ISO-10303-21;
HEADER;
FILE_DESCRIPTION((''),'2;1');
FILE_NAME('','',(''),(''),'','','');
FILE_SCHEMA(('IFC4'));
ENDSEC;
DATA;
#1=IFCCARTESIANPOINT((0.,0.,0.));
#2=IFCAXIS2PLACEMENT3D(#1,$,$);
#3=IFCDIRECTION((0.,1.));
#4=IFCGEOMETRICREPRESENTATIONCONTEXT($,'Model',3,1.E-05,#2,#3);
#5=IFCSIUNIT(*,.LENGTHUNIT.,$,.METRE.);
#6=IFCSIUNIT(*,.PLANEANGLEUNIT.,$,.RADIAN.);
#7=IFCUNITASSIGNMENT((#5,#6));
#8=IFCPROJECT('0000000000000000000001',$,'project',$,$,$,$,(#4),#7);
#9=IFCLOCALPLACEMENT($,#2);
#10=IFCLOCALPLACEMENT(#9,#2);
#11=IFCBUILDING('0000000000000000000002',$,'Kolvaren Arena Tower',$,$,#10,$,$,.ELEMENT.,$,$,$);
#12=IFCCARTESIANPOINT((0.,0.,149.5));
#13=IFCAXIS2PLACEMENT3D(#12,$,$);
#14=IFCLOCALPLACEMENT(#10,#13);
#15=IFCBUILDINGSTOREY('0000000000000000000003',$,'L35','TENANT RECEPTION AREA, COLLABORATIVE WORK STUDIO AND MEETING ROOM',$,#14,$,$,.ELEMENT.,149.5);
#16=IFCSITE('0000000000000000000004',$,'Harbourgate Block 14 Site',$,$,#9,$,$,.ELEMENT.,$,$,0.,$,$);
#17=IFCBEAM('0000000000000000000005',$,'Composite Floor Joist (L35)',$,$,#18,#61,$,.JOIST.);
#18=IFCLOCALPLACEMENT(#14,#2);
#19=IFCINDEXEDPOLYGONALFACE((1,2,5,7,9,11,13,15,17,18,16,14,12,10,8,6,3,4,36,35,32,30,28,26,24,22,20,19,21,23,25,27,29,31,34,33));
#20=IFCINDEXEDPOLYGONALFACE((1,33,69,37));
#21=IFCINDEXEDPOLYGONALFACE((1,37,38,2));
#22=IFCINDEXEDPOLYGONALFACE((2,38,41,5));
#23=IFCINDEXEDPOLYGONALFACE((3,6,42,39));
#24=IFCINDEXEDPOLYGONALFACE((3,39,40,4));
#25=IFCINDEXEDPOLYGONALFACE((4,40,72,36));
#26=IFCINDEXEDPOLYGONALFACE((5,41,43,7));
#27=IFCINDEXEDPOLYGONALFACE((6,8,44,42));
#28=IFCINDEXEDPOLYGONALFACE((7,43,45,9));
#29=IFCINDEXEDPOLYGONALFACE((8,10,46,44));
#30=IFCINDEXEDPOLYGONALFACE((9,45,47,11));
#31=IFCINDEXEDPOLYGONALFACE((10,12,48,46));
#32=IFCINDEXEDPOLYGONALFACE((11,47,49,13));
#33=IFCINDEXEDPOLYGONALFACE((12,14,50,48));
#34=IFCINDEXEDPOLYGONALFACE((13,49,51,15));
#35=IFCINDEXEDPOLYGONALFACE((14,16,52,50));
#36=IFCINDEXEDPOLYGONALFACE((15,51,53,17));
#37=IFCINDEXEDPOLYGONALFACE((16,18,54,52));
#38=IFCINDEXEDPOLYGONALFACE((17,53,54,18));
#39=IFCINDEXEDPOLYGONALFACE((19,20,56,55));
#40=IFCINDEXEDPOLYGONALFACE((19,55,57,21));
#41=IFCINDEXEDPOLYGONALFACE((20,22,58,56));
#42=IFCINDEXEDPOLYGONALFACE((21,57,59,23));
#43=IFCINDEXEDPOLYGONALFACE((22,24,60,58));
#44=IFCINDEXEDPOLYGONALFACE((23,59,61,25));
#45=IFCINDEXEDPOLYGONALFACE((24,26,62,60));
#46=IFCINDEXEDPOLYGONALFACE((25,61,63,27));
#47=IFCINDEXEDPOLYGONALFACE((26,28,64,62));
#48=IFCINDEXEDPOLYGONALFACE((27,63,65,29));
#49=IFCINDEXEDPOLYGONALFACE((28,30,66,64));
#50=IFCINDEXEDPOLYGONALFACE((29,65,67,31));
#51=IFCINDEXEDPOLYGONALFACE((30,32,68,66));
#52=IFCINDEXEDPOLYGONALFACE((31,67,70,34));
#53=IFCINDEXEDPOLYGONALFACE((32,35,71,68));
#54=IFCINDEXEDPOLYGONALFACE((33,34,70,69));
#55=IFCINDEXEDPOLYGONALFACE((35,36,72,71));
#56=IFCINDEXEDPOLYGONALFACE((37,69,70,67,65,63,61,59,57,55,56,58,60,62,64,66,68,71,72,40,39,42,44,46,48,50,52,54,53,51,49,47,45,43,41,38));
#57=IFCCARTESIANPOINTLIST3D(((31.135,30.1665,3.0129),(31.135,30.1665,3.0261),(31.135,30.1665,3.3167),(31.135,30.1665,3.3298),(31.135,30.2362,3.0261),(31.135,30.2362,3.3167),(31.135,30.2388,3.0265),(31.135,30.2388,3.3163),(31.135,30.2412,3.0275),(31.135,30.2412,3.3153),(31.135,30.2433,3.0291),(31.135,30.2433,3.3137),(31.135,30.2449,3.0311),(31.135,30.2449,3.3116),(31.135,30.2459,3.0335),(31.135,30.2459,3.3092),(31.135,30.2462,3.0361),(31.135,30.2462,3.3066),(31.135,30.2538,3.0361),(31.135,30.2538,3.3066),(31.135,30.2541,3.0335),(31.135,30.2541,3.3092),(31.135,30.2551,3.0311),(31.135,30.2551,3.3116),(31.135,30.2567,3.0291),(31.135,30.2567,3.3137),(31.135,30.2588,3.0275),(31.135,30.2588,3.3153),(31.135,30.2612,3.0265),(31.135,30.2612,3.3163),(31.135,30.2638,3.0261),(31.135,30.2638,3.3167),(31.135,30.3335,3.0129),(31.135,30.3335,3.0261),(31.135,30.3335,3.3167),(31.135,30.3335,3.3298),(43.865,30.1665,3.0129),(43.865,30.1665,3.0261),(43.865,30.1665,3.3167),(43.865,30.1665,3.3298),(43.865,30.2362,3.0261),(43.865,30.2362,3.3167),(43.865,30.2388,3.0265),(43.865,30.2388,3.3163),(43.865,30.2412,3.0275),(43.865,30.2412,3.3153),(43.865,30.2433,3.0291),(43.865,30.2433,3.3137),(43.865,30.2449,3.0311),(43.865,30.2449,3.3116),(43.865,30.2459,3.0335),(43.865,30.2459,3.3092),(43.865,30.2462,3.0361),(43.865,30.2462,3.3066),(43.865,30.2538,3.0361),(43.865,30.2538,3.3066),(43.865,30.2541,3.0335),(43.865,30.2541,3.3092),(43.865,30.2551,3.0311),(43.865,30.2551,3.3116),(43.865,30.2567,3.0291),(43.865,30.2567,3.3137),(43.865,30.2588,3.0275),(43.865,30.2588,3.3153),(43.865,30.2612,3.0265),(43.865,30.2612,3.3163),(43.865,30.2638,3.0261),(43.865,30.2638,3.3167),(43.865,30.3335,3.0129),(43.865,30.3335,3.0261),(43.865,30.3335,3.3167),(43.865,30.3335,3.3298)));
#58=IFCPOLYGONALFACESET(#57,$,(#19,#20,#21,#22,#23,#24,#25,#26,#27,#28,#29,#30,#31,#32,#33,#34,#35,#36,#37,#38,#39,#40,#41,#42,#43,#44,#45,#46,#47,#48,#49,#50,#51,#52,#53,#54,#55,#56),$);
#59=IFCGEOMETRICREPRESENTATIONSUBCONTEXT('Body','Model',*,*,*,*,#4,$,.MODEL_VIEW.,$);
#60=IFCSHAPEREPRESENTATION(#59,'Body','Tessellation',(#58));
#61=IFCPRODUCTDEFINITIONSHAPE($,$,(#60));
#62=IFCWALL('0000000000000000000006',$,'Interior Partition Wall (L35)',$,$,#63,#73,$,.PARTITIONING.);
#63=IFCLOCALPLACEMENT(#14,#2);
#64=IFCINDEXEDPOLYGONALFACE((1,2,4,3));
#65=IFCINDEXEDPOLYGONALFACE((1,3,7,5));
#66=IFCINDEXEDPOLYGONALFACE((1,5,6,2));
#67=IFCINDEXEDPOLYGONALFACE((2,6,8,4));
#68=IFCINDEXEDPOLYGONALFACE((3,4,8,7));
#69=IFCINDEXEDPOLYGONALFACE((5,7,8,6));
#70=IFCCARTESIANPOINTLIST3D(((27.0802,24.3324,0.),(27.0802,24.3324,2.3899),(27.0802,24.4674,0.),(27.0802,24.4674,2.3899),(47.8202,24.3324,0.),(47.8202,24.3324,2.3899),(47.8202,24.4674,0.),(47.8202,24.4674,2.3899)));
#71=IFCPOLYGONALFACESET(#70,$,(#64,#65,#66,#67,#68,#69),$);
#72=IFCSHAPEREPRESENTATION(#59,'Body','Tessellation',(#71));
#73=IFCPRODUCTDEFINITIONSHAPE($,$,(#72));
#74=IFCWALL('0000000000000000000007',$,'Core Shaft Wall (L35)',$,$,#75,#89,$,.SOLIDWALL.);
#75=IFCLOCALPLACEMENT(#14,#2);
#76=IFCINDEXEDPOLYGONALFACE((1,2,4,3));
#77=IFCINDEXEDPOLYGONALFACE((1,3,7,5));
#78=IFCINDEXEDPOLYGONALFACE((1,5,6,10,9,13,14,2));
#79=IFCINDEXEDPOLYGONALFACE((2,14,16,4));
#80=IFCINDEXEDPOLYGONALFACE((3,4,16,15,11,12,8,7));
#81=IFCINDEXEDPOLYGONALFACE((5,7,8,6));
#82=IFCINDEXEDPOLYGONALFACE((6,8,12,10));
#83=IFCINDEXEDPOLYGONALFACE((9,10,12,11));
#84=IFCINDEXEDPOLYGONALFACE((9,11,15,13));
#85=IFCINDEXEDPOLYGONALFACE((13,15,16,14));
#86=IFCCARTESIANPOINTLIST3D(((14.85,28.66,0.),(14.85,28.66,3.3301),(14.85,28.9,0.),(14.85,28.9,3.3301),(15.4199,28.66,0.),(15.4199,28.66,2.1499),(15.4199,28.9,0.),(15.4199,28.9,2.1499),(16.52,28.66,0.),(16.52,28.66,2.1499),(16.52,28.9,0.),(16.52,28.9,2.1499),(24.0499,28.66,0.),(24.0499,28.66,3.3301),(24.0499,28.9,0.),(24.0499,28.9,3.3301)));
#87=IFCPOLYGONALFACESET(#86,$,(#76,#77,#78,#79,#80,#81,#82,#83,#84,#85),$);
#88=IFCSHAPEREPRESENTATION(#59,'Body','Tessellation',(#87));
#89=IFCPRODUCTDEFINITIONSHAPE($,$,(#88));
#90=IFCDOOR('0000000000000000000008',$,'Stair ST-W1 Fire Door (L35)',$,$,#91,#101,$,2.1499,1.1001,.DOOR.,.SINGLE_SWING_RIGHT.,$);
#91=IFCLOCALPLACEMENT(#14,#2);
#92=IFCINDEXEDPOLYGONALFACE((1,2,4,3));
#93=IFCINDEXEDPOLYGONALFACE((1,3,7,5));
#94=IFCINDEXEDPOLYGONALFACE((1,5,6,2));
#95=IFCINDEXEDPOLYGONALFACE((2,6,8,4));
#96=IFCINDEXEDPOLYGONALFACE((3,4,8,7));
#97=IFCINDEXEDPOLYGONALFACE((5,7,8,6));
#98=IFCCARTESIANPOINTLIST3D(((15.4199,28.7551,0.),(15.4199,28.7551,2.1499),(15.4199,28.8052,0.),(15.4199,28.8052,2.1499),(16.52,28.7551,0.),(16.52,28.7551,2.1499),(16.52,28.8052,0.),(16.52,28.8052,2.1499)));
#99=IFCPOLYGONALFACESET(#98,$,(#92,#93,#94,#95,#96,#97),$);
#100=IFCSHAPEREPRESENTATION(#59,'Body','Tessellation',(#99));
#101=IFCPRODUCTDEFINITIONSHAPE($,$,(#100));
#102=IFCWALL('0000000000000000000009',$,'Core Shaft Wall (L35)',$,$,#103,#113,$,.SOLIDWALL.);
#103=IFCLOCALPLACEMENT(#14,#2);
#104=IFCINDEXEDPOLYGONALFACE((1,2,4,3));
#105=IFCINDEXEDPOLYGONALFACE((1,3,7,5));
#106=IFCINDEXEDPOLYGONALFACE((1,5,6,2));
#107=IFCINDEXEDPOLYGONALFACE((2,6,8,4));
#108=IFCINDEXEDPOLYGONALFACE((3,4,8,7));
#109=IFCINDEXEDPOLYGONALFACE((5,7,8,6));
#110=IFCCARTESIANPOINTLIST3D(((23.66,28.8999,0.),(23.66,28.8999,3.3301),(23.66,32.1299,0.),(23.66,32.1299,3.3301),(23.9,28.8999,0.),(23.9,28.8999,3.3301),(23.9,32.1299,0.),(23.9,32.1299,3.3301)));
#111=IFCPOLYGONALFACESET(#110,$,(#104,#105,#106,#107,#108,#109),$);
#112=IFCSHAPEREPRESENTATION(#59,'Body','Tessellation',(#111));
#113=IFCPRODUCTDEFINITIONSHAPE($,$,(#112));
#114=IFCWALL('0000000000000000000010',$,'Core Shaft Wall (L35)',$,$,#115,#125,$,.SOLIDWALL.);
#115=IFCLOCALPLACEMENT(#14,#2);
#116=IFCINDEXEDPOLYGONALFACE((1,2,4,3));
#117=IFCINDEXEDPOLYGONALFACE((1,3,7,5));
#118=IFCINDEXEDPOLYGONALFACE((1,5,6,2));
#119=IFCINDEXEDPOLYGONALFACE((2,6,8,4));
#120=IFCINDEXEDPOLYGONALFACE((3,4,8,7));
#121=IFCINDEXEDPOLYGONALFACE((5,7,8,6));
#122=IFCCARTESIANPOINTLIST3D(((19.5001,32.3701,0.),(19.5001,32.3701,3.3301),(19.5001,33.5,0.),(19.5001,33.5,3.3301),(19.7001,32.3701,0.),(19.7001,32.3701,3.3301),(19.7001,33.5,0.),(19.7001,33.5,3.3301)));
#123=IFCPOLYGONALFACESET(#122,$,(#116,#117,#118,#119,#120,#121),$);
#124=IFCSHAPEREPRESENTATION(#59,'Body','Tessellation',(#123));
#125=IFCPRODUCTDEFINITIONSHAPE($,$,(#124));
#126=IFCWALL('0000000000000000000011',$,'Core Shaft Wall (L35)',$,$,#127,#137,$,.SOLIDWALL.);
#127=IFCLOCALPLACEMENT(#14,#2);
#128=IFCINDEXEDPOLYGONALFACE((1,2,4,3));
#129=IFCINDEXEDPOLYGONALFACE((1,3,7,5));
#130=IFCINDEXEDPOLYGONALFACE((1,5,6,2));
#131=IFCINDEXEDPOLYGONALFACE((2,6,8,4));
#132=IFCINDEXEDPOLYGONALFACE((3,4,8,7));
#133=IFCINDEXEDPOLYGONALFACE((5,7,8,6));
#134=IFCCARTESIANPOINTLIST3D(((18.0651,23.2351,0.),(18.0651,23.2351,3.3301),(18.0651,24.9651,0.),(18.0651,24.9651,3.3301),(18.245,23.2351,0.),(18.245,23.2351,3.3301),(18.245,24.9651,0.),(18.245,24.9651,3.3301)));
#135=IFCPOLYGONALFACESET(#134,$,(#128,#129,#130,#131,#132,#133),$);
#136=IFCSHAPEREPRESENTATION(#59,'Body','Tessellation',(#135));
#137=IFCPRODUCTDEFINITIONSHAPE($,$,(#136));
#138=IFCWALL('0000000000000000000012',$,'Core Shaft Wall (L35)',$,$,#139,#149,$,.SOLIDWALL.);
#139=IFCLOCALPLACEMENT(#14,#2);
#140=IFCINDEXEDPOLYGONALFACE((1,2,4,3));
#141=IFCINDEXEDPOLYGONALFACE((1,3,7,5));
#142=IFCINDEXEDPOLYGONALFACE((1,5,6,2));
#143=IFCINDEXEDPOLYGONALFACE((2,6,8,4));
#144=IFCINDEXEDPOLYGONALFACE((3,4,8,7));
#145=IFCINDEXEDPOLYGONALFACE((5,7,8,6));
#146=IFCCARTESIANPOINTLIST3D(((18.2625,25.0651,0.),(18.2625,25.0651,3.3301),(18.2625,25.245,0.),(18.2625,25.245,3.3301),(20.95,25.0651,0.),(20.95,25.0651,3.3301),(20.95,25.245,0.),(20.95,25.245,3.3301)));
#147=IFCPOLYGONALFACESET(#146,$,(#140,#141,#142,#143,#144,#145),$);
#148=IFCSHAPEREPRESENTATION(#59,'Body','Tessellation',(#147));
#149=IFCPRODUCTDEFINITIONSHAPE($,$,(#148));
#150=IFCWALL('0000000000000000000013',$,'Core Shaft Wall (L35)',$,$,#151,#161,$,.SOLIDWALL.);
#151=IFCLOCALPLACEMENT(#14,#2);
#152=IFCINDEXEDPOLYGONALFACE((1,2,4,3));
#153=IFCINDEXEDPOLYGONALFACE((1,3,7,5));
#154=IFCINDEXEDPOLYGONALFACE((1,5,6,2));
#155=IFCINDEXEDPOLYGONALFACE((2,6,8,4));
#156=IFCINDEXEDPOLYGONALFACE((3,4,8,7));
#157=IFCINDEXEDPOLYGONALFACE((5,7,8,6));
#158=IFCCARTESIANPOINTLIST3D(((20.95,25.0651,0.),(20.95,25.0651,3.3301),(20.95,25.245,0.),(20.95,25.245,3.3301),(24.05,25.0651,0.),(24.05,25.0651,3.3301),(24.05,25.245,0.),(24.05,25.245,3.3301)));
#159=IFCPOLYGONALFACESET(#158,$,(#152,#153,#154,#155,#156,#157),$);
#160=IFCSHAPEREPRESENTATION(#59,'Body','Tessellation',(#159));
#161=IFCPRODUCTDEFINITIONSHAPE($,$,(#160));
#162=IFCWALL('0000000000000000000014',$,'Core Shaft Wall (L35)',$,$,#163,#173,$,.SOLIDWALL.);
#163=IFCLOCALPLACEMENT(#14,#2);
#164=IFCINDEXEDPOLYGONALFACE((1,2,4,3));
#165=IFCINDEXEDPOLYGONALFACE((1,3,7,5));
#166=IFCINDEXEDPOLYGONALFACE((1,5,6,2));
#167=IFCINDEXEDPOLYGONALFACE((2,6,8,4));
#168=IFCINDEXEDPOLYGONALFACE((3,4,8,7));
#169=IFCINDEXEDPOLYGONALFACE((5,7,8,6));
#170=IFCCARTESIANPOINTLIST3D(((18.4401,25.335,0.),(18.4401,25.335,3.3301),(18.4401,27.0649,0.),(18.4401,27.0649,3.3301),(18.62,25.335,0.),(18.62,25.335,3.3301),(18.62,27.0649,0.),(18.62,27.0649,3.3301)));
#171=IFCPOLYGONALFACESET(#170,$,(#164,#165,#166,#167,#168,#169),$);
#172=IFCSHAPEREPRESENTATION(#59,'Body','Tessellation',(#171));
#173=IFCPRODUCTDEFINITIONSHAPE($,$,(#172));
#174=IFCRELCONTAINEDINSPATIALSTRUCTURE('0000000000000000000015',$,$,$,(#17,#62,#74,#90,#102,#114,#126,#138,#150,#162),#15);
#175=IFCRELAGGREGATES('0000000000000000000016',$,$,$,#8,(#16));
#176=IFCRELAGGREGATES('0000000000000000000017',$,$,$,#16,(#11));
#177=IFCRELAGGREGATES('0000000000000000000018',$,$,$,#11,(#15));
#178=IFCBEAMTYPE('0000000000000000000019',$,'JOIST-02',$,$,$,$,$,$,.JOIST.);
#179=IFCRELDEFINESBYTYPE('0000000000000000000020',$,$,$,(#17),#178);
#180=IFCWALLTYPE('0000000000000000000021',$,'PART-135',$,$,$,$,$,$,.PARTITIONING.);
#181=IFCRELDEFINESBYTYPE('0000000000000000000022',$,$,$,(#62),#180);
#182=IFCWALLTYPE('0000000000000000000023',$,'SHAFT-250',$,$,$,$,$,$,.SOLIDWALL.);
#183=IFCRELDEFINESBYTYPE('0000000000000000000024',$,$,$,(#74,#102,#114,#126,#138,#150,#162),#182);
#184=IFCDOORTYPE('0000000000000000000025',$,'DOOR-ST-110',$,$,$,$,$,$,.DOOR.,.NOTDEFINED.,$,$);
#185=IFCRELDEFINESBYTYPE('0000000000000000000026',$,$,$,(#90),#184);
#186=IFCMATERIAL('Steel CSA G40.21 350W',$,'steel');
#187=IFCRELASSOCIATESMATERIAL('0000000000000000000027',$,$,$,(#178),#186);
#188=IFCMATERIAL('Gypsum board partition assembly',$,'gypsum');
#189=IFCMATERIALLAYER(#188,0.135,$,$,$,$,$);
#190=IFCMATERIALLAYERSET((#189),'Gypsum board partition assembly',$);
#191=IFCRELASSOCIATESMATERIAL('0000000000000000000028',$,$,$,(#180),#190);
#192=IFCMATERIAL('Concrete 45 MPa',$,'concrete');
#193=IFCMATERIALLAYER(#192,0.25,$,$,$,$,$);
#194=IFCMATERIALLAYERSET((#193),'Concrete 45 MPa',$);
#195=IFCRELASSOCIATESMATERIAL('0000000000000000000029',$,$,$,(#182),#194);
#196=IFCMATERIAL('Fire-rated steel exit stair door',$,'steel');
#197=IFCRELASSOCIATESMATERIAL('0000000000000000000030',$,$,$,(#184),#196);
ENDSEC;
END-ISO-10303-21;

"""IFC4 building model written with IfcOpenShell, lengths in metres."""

from ifc_helpers import new_model, si_unit, direction, frame, frame_2d, origin, origin_2d, place, context, subcontext, project, spatial, rectangle, i_section, extrude, material, layer, layer_set, material_profile, profile_set, type_object, element, fill, save


model = new_model("IFC4")

# Units and contexts
model_context = context("Model", 3, precision=1e-05, world=origin(), true_north=direction((0.0, 1.0)))
body_context = subcontext(model_context, "Body", "Model", "MODEL_VIEW")
ifc_project = project(units=[si_unit("LENGTHUNIT", "METRE"), si_unit("PLANEANGLEUNIT", "RADIAN")], contexts=[model_context])

# Site, building, storey
site_placement = place(None, origin())
site = spatial("IfcSite", under=ifc_project, at=site_placement, Name="Harbourgate Block 14 Site", CompositionType="ELEMENT", RefElevation=0.0)
building_placement = place(site_placement, origin())
building = spatial("IfcBuilding", under=site, at=building_placement, Name="Kolvaren Arena Tower", CompositionType="ELEMENT")
storey_placement = place(building_placement, frame((0.0, 0.0, 149.5)))
storey = spatial("IfcBuildingStorey", under=building, at=storey_placement, Name="L35", Description="TENANT RECEPTION AREA, COLLABORATIVE WORK STUDIO AND MEETING ROOM", CompositionType="ELEMENT", Elevation=149.5)

# Beam
ifc_material_1 = material(Name="Steel CSA G40.21 350W", Category="steel")
ifc_material_profile_1 = material_profile(ifc_material_1, i_section(OverallWidth=0.167, OverallDepth=0.3169, WebThickness=0.0076, FlangeThickness=0.0132, FilletRadius=0.01, at=origin_2d()), Name="W310x52")
ifc_profile_set_1 = profile_set([ifc_material_profile_1], Name="Steel CSA G40.21 350W")
beam_type_1 = type_object("IfcBeamType", Name="JOIST-02", PredefinedType="JOIST", material=ifc_profile_set_1)
beam_1_placement = place(storey_placement, frame((31.135, 30.25, 3.1714), z_axis=(1.0, 0.0, 0.0), x_axis=(0.0, 1.0, 0.0)))
element("IfcBeam", 1, at=beam_1_placement, inside=storey, type_object=beam_type_1, Name="Composite Floor Joist (L35)", PredefinedType="JOIST", context=body_context, shape_type="SweptSolid", body=[
    extrude(i_section(OverallWidth=0.167, OverallDepth=0.3169, WebThickness=0.0076, FlangeThickness=0.0132, FilletRadius=0.01, at=origin_2d()), origin(), (0.0, 0.0, 1.0), 12.73),
])

# Wall
ifc_material_2 = material(Name="Gypsum board partition assembly", Category="gypsum")
ifc_layer_1 = layer(ifc_material_2, 0.135)
ifc_layer_set_1 = layer_set([ifc_layer_1], Name="Gypsum board partition assembly")
wall_type_1 = type_object("IfcWallType", Name="PART-135", PredefinedType="PARTITIONING", material=ifc_layer_set_1)
wall_1_placement = place(storey_placement, frame((27.0801, 24.3999, 0.0), z_axis=(0.0, 0.0, 1.0), x_axis=(1.0, 0.0, 0.0)))
element("IfcWall", 2, at=wall_1_placement, inside=storey, type_object=wall_type_1, Name="Interior Partition Wall (L35)", PredefinedType="PARTITIONING", context=body_context, shape_type="SweptSolid", body=[
    extrude(rectangle(XDim=20.74, YDim=0.135, at=frame_2d((10.3701, 0.0))), origin(), (0.0, 0.0, 1.0), 2.3899),
])

# Wall, opening, door
ifc_material_3 = material(Name="Concrete 45 MPa", Category="concrete")
ifc_layer_2 = layer(ifc_material_3, 0.25)
ifc_layer_set_2 = layer_set([ifc_layer_2], Name="Concrete 45 MPa")
wall_type_2 = type_object("IfcWallType", Name="SHAFT-250", PredefinedType="SOLIDWALL", material=ifc_layer_set_2)
wall_2_placement = place(storey_placement, frame((24.05, 28.78, 0.0), z_axis=(0.0, 0.0, 1.0), x_axis=(-1.0, 0.0, 0.0)))
wall_2 = element("IfcWall", 3, at=wall_2_placement, inside=storey, type_object=wall_type_2, Name="Core Shaft Wall (L35)", PredefinedType="SOLIDWALL", context=body_context, shape_type="SweptSolid", body=[
    extrude(rectangle(XDim=9.2, YDim=0.24, at=frame_2d((4.6001, 0.0))), origin(), (0.0, 0.0, 1.0), 3.3301),
])
opening_placement = place(wall_2_placement, frame((7.53, 0.0, 0.0)))
opening = element("IfcOpeningElement", 4, at=opening_placement, cuts=wall_2, PredefinedType="OPENING", context=body_context, shape_type="SweptSolid", body=[
    extrude(rectangle(XDim=1.1001, YDim=2.1499, at=frame_2d((0.55, 1.075))), frame((0.0, 0.1299, 0.0), z_axis=(0.0, -1.0, 0.0), x_axis=(1.0, 0.0, 0.0)), (0.0, 0.0, 1.0), 0.26),
])
ifc_material_4 = material(Name="Fire-rated steel exit stair door", Category="steel")
door_type = type_object("IfcDoorType", Name="DOOR-ST-110", OperationType="NOTDEFINED", PredefinedType="DOOR", material=ifc_material_4)
door_placement = place(opening_placement, origin())
door = element("IfcDoor", 5, at=door_placement, inside=storey, type_object=door_type, Name="Stair ST-W1 Fire Door (L35)", OperationType="SINGLE_SWING_RIGHT", OverallHeight=2.1499, OverallWidth=1.1001, PredefinedType="DOOR", context=body_context, shape_type="SweptSolid", body=[
    extrude(rectangle(XDim=1.1001, YDim=2.1499, at=frame_2d((0.55, 1.075))), frame((0.0, 0.0249, 0.0), z_axis=(0.0, -1.0, 0.0), x_axis=(1.0, 0.0, 0.0)), (0.0, 0.0, 1.0), 0.05),
])
fill(opening, door)

# Walls
wall_3_placement = place(storey_placement, frame((23.78, 28.8999, 0.0), z_axis=(0.0, 0.0, 1.0), x_axis=(0.0, 1.0, 0.0)))
element("IfcWall", 6, at=wall_3_placement, inside=storey, type_object=wall_type_2, Name="Core Shaft Wall (L35)", PredefinedType="SOLIDWALL", context=body_context, shape_type="SweptSolid", body=[
    extrude(rectangle(XDim=3.23, YDim=0.24, at=frame_2d((1.615, 0.0))), origin(), (0.0, 0.0, 1.0), 3.3301),
])
wall_4_placement = place(storey_placement, frame((19.6001, 32.3701, 0.0), z_axis=(0.0, 0.0, 1.0), x_axis=(0.0, 1.0, 0.0)))
element("IfcWall", 7, at=wall_4_placement, inside=storey, type_object=wall_type_2, Name="Core Shaft Wall (L35)", PredefinedType="SOLIDWALL", context=body_context, shape_type="SweptSolid", body=[
    extrude(rectangle(XDim=1.1299, YDim=0.2, at=frame_2d((0.5649, 0.0))), origin(), (0.0, 0.0, 1.0), 3.3301),
])
wall_5_placement = place(storey_placement, frame((18.155, 23.2351, 0.0), z_axis=(0.0, 0.0, 1.0), x_axis=(0.0, 1.0, 0.0)))
element("IfcWall", 8, at=wall_5_placement, inside=storey, type_object=wall_type_2, Name="Core Shaft Wall (L35)", PredefinedType="SOLIDWALL", context=body_context, shape_type="SweptSolid", body=[
    extrude(rectangle(XDim=1.73, YDim=0.1799, at=frame_2d((0.865, 0.0))), origin(), (0.0, 0.0, 1.0), 3.3301),
])
wall_6_placement = place(storey_placement, frame((18.2625, 25.155, 0.0), z_axis=(0.0, 0.0, 1.0), x_axis=(1.0, 0.0, 0.0)))
element("IfcWall", 9, at=wall_6_placement, inside=storey, type_object=wall_type_2, Name="Core Shaft Wall (L35)", PredefinedType="SOLIDWALL", context=body_context, shape_type="SweptSolid", body=[
    extrude(rectangle(XDim=2.6875, YDim=0.1799, at=frame_2d((1.3438, 0.0))), origin(), (0.0, 0.0, 1.0), 3.3301),
])
wall_7_placement = place(storey_placement, frame((20.95, 25.155, 0.0), z_axis=(0.0, 0.0, 1.0), x_axis=(1.0, 0.0, 0.0)))
element("IfcWall", 10, at=wall_7_placement, inside=storey, type_object=wall_type_2, Name="Core Shaft Wall (L35)", PredefinedType="SOLIDWALL", context=body_context, shape_type="SweptSolid", body=[
    extrude(rectangle(XDim=3.1001, YDim=0.1799, at=frame_2d((1.55, 0.0))), origin(), (0.0, 0.0, 1.0), 3.3301),
])
wall_8_placement = place(storey_placement, frame((18.53, 25.335, 0.0), z_axis=(0.0, 0.0, 1.0), x_axis=(0.0, 1.0, 0.0)))
element("IfcWall", 11, at=wall_8_placement, inside=storey, type_object=wall_type_2, Name="Core Shaft Wall (L35)", PredefinedType="SOLIDWALL", context=body_context, shape_type="SweptSolid", body=[
    extrude(rectangle(XDim=1.73, YDim=0.1799, at=frame_2d((0.865, 0.0))), origin(), (0.0, 0.0, 1.0), 3.3301),
])

save(model, "model.ifc")
